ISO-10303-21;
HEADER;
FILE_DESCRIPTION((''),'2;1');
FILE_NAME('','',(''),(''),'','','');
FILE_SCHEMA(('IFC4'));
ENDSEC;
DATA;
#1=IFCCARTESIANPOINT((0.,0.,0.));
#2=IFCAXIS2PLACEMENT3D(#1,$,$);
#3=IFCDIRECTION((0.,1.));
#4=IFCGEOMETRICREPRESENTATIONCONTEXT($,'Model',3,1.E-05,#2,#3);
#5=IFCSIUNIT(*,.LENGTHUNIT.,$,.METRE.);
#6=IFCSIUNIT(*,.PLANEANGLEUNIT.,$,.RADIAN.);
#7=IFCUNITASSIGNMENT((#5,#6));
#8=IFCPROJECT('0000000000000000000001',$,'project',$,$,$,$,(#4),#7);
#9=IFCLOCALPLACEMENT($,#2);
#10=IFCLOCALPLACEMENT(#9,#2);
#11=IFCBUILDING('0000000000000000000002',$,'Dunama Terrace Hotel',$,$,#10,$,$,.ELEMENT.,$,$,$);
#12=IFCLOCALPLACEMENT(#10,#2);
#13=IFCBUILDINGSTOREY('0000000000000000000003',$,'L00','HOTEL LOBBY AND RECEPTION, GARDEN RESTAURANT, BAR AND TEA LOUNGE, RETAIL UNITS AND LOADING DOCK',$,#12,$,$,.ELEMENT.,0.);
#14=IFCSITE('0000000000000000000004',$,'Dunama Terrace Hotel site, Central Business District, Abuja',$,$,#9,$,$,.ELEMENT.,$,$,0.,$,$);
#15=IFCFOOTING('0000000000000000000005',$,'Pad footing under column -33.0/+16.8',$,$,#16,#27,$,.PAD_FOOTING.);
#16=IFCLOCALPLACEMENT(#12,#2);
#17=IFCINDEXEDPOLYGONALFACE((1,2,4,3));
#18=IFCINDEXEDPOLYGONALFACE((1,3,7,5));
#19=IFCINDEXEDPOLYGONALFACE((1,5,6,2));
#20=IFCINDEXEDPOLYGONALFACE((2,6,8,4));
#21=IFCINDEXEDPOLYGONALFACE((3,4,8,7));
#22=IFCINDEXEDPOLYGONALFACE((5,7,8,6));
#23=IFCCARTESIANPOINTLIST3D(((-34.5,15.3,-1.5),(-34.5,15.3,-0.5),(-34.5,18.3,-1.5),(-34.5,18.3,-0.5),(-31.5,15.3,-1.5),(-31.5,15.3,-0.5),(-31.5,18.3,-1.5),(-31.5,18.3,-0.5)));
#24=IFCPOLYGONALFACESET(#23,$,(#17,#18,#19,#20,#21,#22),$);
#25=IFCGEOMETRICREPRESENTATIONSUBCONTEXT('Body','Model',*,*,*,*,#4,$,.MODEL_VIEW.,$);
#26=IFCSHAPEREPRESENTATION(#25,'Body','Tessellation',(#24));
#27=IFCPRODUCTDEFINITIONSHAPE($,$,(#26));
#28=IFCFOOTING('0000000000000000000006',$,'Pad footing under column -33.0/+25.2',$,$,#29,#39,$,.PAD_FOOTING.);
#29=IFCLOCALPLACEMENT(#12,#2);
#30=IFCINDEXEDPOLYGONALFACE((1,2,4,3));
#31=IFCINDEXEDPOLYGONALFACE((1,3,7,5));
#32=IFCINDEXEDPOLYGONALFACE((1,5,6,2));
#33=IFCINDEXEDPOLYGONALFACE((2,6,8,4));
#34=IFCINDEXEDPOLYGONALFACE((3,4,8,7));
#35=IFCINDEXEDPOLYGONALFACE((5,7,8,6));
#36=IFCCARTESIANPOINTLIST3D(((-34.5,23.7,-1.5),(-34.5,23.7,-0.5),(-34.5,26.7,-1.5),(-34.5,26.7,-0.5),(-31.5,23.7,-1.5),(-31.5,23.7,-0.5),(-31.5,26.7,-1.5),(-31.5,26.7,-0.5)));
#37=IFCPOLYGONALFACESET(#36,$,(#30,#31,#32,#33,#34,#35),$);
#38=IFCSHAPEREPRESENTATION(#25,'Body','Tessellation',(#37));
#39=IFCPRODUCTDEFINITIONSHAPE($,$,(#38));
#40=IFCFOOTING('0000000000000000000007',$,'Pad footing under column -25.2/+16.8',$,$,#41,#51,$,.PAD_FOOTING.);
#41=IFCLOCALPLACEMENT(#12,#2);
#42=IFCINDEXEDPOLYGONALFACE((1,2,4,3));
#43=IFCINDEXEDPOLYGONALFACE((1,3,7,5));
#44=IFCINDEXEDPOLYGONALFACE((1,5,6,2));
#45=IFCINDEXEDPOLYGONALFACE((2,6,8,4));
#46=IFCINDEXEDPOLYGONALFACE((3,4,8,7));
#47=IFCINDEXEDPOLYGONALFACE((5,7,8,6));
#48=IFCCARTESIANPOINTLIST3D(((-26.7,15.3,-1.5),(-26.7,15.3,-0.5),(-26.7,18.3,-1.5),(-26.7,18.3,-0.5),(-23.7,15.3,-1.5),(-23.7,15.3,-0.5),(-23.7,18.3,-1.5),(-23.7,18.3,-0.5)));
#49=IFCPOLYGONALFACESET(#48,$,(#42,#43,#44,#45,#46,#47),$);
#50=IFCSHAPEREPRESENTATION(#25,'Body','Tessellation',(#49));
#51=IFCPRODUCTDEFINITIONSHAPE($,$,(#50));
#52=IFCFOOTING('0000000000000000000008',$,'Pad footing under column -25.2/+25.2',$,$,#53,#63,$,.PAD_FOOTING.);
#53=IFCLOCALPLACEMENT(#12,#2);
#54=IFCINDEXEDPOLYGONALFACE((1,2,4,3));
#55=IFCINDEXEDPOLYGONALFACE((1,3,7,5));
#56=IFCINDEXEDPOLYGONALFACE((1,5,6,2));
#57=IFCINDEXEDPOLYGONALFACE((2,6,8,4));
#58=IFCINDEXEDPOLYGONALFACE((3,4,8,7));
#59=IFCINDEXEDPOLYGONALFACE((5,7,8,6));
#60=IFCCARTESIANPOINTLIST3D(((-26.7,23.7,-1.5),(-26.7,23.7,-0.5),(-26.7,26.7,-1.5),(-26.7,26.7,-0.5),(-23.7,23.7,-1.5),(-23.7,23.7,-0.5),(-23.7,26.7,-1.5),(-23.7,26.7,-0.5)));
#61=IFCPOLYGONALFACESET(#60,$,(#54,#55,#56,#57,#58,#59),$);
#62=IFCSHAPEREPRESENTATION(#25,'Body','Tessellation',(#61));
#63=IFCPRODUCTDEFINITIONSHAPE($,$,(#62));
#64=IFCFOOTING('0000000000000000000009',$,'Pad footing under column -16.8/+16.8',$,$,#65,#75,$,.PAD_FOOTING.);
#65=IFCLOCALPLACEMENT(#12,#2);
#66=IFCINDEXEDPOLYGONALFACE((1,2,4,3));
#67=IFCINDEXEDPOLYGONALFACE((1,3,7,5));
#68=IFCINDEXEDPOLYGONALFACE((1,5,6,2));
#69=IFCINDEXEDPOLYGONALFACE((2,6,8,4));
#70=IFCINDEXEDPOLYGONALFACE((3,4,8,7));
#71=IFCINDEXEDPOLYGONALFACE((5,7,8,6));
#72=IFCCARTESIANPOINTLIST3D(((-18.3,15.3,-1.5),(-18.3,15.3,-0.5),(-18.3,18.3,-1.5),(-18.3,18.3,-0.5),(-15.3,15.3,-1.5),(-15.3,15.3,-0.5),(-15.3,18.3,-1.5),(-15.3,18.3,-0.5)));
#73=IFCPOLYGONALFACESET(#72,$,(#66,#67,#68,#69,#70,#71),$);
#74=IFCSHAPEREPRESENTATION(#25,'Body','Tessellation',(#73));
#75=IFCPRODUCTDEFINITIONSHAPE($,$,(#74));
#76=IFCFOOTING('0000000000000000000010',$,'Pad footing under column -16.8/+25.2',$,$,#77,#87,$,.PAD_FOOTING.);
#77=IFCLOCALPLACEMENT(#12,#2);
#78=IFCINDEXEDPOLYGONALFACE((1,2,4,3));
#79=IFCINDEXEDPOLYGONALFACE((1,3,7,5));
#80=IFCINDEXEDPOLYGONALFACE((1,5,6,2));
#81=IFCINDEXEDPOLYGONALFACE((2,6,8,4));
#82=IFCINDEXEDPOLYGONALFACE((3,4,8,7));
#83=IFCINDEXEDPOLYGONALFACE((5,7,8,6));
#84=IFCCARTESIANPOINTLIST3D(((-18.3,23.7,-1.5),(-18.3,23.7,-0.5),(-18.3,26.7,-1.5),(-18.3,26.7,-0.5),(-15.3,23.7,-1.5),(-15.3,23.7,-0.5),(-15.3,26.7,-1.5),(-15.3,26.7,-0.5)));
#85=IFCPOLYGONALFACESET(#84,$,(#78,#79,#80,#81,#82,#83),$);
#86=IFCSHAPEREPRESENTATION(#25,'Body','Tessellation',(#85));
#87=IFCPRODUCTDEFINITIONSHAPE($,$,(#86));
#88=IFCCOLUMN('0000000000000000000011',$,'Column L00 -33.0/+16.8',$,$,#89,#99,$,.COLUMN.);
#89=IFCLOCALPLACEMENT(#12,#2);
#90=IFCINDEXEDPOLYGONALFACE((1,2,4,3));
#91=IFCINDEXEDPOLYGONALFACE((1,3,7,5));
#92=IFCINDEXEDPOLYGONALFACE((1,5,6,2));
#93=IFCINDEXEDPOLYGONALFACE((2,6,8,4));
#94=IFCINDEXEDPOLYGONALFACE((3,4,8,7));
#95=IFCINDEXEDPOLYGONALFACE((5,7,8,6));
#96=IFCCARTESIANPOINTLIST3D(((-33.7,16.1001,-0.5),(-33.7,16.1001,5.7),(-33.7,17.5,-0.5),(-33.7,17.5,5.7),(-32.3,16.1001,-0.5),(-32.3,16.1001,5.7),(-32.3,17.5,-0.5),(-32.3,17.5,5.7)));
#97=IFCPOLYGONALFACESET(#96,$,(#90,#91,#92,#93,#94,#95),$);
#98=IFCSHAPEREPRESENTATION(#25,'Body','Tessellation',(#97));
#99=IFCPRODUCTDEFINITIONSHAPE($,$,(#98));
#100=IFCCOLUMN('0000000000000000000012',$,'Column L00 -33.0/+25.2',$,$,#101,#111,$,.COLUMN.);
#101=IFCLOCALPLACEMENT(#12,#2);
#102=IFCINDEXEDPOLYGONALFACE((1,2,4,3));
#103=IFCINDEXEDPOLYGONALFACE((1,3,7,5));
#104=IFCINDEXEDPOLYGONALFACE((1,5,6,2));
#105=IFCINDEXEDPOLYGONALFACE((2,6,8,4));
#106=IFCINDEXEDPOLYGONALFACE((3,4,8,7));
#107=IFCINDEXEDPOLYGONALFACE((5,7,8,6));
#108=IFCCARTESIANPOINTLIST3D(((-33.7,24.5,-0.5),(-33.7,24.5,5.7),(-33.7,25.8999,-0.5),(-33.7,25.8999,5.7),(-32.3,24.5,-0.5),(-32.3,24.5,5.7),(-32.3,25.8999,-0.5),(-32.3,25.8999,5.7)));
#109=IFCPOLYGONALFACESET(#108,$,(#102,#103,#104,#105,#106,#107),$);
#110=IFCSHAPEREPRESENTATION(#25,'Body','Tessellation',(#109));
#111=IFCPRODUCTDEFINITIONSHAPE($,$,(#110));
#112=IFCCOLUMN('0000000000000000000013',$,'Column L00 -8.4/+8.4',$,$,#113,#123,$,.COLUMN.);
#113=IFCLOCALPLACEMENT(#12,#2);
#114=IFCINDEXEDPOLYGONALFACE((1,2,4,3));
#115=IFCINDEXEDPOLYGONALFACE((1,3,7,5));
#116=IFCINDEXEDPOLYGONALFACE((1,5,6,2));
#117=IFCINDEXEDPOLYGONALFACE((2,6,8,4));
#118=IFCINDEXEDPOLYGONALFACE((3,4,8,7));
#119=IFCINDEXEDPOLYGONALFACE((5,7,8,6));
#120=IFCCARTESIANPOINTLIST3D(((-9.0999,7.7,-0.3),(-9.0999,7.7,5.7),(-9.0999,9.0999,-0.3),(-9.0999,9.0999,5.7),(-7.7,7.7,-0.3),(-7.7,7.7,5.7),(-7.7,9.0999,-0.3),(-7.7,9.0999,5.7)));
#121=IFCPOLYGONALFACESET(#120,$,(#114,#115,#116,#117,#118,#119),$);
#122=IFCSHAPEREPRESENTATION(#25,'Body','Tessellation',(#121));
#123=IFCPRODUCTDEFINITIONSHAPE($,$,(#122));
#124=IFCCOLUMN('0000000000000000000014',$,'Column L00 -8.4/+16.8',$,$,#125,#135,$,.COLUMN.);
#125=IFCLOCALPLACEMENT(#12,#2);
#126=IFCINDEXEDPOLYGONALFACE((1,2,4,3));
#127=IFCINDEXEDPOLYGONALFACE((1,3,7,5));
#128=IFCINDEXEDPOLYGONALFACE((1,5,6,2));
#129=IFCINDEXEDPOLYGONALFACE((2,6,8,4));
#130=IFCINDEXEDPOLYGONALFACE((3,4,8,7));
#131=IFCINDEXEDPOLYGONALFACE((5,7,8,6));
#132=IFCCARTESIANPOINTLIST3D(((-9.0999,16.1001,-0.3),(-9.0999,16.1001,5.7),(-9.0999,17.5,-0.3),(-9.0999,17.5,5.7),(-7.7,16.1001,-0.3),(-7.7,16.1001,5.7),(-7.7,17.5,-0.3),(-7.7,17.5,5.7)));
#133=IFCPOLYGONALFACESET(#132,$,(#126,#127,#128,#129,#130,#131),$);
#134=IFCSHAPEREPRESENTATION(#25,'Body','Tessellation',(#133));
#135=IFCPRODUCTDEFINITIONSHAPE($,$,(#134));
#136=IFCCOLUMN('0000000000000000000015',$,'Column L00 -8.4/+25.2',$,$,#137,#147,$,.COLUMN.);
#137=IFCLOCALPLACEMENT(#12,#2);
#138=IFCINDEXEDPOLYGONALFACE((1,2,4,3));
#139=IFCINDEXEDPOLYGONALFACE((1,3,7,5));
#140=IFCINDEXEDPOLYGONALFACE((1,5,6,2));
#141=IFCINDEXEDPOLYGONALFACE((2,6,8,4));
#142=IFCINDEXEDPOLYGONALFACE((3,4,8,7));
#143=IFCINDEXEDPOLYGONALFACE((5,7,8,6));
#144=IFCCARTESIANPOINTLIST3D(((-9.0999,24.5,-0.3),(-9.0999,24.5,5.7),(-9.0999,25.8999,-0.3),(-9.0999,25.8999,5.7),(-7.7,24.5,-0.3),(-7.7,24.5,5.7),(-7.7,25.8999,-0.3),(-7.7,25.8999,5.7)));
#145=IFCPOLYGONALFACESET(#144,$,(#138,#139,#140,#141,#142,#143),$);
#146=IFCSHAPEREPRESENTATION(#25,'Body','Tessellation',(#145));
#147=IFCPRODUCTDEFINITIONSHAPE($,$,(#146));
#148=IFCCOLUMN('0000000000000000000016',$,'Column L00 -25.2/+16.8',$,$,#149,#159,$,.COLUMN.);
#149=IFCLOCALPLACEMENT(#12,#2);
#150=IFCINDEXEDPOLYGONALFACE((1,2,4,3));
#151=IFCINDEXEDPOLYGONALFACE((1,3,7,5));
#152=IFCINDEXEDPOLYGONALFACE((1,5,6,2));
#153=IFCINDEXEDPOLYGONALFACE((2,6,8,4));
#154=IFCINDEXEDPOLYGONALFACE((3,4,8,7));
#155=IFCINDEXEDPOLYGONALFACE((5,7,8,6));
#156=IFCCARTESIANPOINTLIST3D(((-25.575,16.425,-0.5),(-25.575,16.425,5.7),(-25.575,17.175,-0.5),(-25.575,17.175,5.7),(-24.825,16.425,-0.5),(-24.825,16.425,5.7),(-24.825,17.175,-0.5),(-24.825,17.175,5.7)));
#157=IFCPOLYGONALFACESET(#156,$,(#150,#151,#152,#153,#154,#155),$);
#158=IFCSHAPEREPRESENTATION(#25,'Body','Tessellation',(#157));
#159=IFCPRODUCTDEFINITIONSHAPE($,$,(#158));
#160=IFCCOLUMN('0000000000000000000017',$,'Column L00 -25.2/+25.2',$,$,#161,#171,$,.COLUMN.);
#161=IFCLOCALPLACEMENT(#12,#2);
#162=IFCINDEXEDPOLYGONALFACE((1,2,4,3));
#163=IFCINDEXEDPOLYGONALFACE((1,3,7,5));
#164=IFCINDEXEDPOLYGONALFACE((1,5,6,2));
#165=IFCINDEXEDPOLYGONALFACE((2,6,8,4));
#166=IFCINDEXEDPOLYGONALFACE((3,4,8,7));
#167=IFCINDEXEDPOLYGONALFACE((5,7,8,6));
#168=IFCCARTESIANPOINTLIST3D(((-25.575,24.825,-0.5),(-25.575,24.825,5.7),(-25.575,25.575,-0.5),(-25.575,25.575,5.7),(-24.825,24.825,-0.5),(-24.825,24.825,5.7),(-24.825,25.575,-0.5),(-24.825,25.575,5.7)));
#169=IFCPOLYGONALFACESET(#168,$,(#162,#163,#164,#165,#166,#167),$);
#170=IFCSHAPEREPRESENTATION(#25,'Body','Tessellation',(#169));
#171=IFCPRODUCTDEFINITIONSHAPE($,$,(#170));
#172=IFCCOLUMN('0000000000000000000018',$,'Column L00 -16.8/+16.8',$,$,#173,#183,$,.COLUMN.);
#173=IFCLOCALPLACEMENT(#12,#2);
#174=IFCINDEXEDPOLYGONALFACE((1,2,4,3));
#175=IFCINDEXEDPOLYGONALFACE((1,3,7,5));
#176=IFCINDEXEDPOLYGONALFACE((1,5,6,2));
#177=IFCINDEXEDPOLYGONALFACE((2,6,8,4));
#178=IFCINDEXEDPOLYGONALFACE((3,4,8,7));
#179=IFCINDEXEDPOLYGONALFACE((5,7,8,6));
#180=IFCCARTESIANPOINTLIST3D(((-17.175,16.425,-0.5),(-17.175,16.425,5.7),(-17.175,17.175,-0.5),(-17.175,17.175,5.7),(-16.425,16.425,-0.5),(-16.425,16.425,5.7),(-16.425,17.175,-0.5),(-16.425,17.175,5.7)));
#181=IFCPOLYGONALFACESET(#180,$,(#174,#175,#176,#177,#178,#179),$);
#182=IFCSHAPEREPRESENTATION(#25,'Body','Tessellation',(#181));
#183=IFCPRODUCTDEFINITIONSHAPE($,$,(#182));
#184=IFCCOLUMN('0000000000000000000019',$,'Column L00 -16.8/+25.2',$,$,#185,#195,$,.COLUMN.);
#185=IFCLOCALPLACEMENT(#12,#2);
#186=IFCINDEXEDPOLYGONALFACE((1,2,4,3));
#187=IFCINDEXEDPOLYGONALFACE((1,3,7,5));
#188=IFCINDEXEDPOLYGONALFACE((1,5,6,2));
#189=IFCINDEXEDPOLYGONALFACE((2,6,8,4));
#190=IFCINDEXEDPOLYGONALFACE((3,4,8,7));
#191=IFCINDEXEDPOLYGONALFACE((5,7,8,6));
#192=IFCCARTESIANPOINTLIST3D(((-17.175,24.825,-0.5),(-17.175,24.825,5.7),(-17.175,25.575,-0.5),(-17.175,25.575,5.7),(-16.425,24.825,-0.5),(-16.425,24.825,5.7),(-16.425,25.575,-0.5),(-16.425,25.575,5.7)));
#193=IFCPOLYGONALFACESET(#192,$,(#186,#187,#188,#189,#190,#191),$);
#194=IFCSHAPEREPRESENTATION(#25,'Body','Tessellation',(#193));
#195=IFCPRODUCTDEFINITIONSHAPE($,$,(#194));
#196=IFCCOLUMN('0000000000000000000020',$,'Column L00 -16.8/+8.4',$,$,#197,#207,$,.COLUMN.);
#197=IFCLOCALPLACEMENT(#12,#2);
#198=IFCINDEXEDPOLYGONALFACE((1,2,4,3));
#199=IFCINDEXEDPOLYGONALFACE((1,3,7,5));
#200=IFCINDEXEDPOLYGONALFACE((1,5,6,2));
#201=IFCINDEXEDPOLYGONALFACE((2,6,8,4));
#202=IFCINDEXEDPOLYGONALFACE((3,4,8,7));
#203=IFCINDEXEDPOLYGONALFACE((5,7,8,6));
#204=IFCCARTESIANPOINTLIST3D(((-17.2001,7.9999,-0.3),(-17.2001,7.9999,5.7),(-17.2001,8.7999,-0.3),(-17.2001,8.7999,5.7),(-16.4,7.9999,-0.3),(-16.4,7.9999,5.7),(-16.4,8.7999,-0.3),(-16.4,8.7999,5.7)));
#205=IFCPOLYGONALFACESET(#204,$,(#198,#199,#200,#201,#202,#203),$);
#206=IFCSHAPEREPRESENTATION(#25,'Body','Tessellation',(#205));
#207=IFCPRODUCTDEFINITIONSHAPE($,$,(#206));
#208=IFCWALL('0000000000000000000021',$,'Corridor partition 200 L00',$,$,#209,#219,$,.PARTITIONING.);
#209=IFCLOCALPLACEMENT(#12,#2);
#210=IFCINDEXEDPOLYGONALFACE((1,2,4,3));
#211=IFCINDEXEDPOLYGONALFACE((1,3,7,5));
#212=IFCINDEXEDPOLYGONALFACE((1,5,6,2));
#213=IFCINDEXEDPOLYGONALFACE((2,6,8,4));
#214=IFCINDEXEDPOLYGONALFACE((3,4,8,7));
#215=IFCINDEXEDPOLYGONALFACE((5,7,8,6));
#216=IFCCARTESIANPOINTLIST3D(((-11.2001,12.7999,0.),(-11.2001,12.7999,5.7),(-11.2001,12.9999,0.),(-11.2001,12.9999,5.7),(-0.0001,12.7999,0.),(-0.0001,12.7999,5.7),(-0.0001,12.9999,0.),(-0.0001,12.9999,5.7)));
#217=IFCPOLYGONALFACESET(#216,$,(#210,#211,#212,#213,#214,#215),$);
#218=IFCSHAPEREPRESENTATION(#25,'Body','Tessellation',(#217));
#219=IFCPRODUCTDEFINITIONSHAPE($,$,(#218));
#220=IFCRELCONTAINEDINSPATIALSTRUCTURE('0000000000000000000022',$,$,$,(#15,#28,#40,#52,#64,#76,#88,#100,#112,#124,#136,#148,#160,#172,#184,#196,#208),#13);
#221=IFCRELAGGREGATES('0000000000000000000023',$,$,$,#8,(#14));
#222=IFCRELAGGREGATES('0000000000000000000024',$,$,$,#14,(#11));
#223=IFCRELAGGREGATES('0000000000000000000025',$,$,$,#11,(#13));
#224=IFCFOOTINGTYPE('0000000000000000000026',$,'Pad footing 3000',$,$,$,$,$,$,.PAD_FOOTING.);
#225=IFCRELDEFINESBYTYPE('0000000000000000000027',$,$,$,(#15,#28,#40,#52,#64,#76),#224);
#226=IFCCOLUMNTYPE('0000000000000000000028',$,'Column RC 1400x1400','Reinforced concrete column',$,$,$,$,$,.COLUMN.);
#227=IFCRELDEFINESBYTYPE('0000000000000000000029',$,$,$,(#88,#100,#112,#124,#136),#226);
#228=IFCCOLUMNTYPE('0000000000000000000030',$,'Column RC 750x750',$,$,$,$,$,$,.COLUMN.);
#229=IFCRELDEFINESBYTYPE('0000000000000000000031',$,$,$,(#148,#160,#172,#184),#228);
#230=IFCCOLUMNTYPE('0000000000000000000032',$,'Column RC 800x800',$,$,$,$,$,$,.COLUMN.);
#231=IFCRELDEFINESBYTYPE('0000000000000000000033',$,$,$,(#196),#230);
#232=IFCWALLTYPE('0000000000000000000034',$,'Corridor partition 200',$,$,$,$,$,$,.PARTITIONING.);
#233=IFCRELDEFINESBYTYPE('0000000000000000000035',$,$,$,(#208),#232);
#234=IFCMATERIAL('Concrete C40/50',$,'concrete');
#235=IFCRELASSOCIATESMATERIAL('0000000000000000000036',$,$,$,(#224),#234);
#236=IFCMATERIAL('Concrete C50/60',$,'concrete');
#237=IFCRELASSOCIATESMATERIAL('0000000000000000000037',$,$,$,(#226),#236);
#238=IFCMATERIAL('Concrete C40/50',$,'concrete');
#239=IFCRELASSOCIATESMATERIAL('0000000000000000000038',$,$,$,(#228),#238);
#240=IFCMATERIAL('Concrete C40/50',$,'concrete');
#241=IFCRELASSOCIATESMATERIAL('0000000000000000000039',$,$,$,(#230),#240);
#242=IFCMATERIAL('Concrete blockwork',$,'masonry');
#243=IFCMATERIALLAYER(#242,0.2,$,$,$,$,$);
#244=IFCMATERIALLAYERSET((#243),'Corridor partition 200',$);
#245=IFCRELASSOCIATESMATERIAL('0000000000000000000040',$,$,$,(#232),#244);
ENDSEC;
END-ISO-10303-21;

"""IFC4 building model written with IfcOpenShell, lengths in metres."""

from ifc_helpers import new_model, si_unit, direction, frame, frame_2d, origin, origin_2d, place, context, subcontext, project, spatial, rectangle, extrude, material, layer, layer_set, material_profile, profile_set, type_object, element, save


model = new_model("IFC4")

# Units and contexts
model_context = context("Model", 3, precision=1e-05, world=origin(), true_north=direction((0.0, 1.0)))
body_context = subcontext(model_context, "Body", "Model", "MODEL_VIEW")
ifc_project = project(units=[si_unit("LENGTHUNIT", "METRE"), si_unit("PLANEANGLEUNIT", "RADIAN")], contexts=[model_context])

# Site, building, storey
site_placement = place(None, origin())
site = spatial("IfcSite", under=ifc_project, at=site_placement, Name="Dunama Terrace Hotel site, Central Business District, Abuja", CompositionType="ELEMENT", RefElevation=0.0)
building_placement = place(site_placement, origin())
building = spatial("IfcBuilding", under=site, at=building_placement, Name="Dunama Terrace Hotel", CompositionType="ELEMENT")
storey_placement = place(building_placement, origin())
storey = spatial("IfcBuildingStorey", under=building, at=storey_placement, Name="L00", Description="HOTEL LOBBY AND RECEPTION, GARDEN RESTAURANT, BAR AND TEA LOUNGE, RETAIL UNITS AND LOADING DOCK", CompositionType="ELEMENT", Elevation=0.0)

# Footings
ifc_material_1 = material(Name="Concrete C40/50", Category="concrete")
footing_type = type_object("IfcFootingType", Name="Pad footing 3000", PredefinedType="PAD_FOOTING", material=ifc_material_1)
for number, where, z_axis, x_axis, name in (
    (1, (-33.0, 16.8, -1.5), (0.0, 0.0, 1.0), (1.0, 0.0, 0.0), "Pad footing under column -33.0/+16.8"),
    (2, (-33.0, 25.2, -1.5), (0.0, 0.0, 1.0), (1.0, 0.0, 0.0), "Pad footing under column -33.0/+25.2"),
    (3, (-25.2, 16.8, -1.5), (0.0, 0.0, 1.0), (1.0, 0.0, 0.0), "Pad footing under column -25.2/+16.8"),
    (4, (-25.2, 25.2, -1.5), (0.0, 0.0, 1.0), (1.0, 0.0, 0.0), "Pad footing under column -25.2/+25.2"),
    (5, (-16.8, 16.8, -1.5), (0.0, 0.0, 1.0), (1.0, 0.0, 0.0), "Pad footing under column -16.8/+16.8"),
    (6, (-16.8, 25.2, -1.5), (0.0, 0.0, 1.0), (1.0, 0.0, 0.0), "Pad footing under column -16.8/+25.2"),
):
    element("IfcFooting", number, at=place(storey_placement, frame(where, z_axis=z_axis, x_axis=x_axis)), inside=storey, type_object=footing_type, Name=name, PredefinedType="PAD_FOOTING", context=body_context, shape_type="SweptSolid", body=[
        extrude(rectangle(XDim=3.0, YDim=3.0, at=origin_2d()), origin(), (0.0, 0.0, 1.0), 1.0),
    ])

# Columns
ifc_material_2 = material(Name="Concrete C50/60", Category="concrete")
ifc_material_profile_1 = material_profile(ifc_material_2, rectangle(XDim=1.3999, YDim=1.3999, at=origin_2d()), Name="RC 1400x1400")
ifc_profile_set_1 = profile_set([ifc_material_profile_1], Name="Concrete C50/60")
column_type_1 = type_object("IfcColumnType", Name="Column RC 1400x1400", Description="Reinforced concrete column", PredefinedType="COLUMN", material=ifc_profile_set_1)
for number, where, z_axis, x_axis, name in (
    (7, (-33.0, 16.8, -0.5), (0.0, 0.0, 1.0), (1.0, 0.0, 0.0), "Column L00 -33.0/+16.8"),
    (8, (-33.0, 25.2, -0.5), (0.0, 0.0, 1.0), (1.0, 0.0, 0.0), "Column L00 -33.0/+25.2"),
):
    element("IfcColumn", number, at=place(storey_placement, frame(where, z_axis=z_axis, x_axis=x_axis)), inside=storey, type_object=column_type_1, Name=name, PredefinedType="COLUMN", context=body_context, shape_type="SweptSolid", body=[
        extrude(rectangle(XDim=1.3999, YDim=1.3999, at=origin_2d()), origin(), (0.0, 0.0, 1.0), 6.2),
    ])
for number, where, z_axis, x_axis, name in (
    (9, (-8.3999, 8.3999, -0.3), (0.0, 0.0, 1.0), (1.0, 0.0, 0.0), "Column L00 -8.4/+8.4"),
    (10, (-8.3999, 16.8, -0.3), (0.0, 0.0, 1.0), (1.0, 0.0, 0.0), "Column L00 -8.4/+16.8"),
    (11, (-8.3999, 25.2, -0.3), (0.0, 0.0, 1.0), (1.0, 0.0, 0.0), "Column L00 -8.4/+25.2"),
):
    element("IfcColumn", number, at=place(storey_placement, frame(where, z_axis=z_axis, x_axis=x_axis)), inside=storey, type_object=column_type_1, Name=name, PredefinedType="COLUMN", context=body_context, shape_type="SweptSolid", body=[
        extrude(rectangle(XDim=1.3999, YDim=1.3999, at=origin_2d()), origin(), (0.0, 0.0, 1.0), 6.0),
    ])
ifc_material_3 = material(Name="Concrete C40/50", Category="concrete")
ifc_material_profile_2 = material_profile(ifc_material_3, rectangle(XDim=0.75, YDim=0.75, at=origin_2d()), Name="RC 750x750")
ifc_profile_set_2 = profile_set([ifc_material_profile_2], Name="Concrete C40/50")
column_type_2 = type_object("IfcColumnType", Name="Column RC 750x750", PredefinedType="COLUMN", material=ifc_profile_set_2)
for number, where, z_axis, x_axis, name in (
    (12, (-25.2, 16.8, -0.5), (0.0, 0.0, 1.0), (1.0, 0.0, 0.0), "Column L00 -25.2/+16.8"),
    (13, (-25.2, 25.2, -0.5), (0.0, 0.0, 1.0), (1.0, 0.0, 0.0), "Column L00 -25.2/+25.2"),
    (14, (-16.8, 16.8, -0.5), (0.0, 0.0, 1.0), (1.0, 0.0, 0.0), "Column L00 -16.8/+16.8"),
    (15, (-16.8, 25.2, -0.5), (0.0, 0.0, 1.0), (1.0, 0.0, 0.0), "Column L00 -16.8/+25.2"),
):
    element("IfcColumn", number, at=place(storey_placement, frame(where, z_axis=z_axis, x_axis=x_axis)), inside=storey, type_object=column_type_2, Name=name, PredefinedType="COLUMN", context=body_context, shape_type="SweptSolid", body=[
        extrude(rectangle(XDim=0.75, YDim=0.75, at=origin_2d()), origin(), (0.0, 0.0, 1.0), 6.2),
    ])
ifc_material_4 = material(Name="Concrete C40/50", Category="concrete")
ifc_material_profile_3 = material_profile(ifc_material_4, rectangle(XDim=0.8, YDim=0.8, at=origin_2d()), Name="RC 800x800")
ifc_profile_set_3 = profile_set([ifc_material_profile_3], Name="Concrete C40/50")
column_type_3 = type_object("IfcColumnType", Name="Column RC 800x800", PredefinedType="COLUMN", material=ifc_profile_set_3)
column_placement = place(storey_placement, frame((-16.8, 8.3999, -0.3), z_axis=(0.0, 0.0, 1.0), x_axis=(1.0, 0.0, 0.0)))
element("IfcColumn", 16, at=column_placement, inside=storey, type_object=column_type_3, Name="Column L00 -16.8/+8.4", PredefinedType="COLUMN", context=body_context, shape_type="SweptSolid", body=[
    extrude(rectangle(XDim=0.8, YDim=0.8, at=origin_2d()), origin(), (0.0, 0.0, 1.0), 6.0),
])

# Wall
ifc_material_5 = material(Name="Concrete blockwork", Category="masonry")
ifc_layer_1 = layer(ifc_material_5, 0.2)
ifc_layer_set_1 = layer_set([ifc_layer_1], Name="Corridor partition 200")
wall_type_1 = type_object("IfcWallType", Name="Corridor partition 200", PredefinedType="PARTITIONING", material=ifc_layer_set_1)
wall_1_placement = place(storey_placement, frame((0.0, 12.8999, 0.0), z_axis=(0.0, 0.0, 1.0), x_axis=(-1.0, 0.0, 0.0)))
element("IfcWall", 17, at=wall_1_placement, inside=storey, type_object=wall_type_1, Name="Corridor partition 200 L00", PredefinedType="PARTITIONING", context=body_context, shape_type="SweptSolid", body=[
    extrude(rectangle(XDim=11.2, YDim=0.2, at=frame_2d((5.6001, 0.0))), origin(), (0.0, 0.0, 1.0), 5.7),
])

save(model, "model.ifc")
